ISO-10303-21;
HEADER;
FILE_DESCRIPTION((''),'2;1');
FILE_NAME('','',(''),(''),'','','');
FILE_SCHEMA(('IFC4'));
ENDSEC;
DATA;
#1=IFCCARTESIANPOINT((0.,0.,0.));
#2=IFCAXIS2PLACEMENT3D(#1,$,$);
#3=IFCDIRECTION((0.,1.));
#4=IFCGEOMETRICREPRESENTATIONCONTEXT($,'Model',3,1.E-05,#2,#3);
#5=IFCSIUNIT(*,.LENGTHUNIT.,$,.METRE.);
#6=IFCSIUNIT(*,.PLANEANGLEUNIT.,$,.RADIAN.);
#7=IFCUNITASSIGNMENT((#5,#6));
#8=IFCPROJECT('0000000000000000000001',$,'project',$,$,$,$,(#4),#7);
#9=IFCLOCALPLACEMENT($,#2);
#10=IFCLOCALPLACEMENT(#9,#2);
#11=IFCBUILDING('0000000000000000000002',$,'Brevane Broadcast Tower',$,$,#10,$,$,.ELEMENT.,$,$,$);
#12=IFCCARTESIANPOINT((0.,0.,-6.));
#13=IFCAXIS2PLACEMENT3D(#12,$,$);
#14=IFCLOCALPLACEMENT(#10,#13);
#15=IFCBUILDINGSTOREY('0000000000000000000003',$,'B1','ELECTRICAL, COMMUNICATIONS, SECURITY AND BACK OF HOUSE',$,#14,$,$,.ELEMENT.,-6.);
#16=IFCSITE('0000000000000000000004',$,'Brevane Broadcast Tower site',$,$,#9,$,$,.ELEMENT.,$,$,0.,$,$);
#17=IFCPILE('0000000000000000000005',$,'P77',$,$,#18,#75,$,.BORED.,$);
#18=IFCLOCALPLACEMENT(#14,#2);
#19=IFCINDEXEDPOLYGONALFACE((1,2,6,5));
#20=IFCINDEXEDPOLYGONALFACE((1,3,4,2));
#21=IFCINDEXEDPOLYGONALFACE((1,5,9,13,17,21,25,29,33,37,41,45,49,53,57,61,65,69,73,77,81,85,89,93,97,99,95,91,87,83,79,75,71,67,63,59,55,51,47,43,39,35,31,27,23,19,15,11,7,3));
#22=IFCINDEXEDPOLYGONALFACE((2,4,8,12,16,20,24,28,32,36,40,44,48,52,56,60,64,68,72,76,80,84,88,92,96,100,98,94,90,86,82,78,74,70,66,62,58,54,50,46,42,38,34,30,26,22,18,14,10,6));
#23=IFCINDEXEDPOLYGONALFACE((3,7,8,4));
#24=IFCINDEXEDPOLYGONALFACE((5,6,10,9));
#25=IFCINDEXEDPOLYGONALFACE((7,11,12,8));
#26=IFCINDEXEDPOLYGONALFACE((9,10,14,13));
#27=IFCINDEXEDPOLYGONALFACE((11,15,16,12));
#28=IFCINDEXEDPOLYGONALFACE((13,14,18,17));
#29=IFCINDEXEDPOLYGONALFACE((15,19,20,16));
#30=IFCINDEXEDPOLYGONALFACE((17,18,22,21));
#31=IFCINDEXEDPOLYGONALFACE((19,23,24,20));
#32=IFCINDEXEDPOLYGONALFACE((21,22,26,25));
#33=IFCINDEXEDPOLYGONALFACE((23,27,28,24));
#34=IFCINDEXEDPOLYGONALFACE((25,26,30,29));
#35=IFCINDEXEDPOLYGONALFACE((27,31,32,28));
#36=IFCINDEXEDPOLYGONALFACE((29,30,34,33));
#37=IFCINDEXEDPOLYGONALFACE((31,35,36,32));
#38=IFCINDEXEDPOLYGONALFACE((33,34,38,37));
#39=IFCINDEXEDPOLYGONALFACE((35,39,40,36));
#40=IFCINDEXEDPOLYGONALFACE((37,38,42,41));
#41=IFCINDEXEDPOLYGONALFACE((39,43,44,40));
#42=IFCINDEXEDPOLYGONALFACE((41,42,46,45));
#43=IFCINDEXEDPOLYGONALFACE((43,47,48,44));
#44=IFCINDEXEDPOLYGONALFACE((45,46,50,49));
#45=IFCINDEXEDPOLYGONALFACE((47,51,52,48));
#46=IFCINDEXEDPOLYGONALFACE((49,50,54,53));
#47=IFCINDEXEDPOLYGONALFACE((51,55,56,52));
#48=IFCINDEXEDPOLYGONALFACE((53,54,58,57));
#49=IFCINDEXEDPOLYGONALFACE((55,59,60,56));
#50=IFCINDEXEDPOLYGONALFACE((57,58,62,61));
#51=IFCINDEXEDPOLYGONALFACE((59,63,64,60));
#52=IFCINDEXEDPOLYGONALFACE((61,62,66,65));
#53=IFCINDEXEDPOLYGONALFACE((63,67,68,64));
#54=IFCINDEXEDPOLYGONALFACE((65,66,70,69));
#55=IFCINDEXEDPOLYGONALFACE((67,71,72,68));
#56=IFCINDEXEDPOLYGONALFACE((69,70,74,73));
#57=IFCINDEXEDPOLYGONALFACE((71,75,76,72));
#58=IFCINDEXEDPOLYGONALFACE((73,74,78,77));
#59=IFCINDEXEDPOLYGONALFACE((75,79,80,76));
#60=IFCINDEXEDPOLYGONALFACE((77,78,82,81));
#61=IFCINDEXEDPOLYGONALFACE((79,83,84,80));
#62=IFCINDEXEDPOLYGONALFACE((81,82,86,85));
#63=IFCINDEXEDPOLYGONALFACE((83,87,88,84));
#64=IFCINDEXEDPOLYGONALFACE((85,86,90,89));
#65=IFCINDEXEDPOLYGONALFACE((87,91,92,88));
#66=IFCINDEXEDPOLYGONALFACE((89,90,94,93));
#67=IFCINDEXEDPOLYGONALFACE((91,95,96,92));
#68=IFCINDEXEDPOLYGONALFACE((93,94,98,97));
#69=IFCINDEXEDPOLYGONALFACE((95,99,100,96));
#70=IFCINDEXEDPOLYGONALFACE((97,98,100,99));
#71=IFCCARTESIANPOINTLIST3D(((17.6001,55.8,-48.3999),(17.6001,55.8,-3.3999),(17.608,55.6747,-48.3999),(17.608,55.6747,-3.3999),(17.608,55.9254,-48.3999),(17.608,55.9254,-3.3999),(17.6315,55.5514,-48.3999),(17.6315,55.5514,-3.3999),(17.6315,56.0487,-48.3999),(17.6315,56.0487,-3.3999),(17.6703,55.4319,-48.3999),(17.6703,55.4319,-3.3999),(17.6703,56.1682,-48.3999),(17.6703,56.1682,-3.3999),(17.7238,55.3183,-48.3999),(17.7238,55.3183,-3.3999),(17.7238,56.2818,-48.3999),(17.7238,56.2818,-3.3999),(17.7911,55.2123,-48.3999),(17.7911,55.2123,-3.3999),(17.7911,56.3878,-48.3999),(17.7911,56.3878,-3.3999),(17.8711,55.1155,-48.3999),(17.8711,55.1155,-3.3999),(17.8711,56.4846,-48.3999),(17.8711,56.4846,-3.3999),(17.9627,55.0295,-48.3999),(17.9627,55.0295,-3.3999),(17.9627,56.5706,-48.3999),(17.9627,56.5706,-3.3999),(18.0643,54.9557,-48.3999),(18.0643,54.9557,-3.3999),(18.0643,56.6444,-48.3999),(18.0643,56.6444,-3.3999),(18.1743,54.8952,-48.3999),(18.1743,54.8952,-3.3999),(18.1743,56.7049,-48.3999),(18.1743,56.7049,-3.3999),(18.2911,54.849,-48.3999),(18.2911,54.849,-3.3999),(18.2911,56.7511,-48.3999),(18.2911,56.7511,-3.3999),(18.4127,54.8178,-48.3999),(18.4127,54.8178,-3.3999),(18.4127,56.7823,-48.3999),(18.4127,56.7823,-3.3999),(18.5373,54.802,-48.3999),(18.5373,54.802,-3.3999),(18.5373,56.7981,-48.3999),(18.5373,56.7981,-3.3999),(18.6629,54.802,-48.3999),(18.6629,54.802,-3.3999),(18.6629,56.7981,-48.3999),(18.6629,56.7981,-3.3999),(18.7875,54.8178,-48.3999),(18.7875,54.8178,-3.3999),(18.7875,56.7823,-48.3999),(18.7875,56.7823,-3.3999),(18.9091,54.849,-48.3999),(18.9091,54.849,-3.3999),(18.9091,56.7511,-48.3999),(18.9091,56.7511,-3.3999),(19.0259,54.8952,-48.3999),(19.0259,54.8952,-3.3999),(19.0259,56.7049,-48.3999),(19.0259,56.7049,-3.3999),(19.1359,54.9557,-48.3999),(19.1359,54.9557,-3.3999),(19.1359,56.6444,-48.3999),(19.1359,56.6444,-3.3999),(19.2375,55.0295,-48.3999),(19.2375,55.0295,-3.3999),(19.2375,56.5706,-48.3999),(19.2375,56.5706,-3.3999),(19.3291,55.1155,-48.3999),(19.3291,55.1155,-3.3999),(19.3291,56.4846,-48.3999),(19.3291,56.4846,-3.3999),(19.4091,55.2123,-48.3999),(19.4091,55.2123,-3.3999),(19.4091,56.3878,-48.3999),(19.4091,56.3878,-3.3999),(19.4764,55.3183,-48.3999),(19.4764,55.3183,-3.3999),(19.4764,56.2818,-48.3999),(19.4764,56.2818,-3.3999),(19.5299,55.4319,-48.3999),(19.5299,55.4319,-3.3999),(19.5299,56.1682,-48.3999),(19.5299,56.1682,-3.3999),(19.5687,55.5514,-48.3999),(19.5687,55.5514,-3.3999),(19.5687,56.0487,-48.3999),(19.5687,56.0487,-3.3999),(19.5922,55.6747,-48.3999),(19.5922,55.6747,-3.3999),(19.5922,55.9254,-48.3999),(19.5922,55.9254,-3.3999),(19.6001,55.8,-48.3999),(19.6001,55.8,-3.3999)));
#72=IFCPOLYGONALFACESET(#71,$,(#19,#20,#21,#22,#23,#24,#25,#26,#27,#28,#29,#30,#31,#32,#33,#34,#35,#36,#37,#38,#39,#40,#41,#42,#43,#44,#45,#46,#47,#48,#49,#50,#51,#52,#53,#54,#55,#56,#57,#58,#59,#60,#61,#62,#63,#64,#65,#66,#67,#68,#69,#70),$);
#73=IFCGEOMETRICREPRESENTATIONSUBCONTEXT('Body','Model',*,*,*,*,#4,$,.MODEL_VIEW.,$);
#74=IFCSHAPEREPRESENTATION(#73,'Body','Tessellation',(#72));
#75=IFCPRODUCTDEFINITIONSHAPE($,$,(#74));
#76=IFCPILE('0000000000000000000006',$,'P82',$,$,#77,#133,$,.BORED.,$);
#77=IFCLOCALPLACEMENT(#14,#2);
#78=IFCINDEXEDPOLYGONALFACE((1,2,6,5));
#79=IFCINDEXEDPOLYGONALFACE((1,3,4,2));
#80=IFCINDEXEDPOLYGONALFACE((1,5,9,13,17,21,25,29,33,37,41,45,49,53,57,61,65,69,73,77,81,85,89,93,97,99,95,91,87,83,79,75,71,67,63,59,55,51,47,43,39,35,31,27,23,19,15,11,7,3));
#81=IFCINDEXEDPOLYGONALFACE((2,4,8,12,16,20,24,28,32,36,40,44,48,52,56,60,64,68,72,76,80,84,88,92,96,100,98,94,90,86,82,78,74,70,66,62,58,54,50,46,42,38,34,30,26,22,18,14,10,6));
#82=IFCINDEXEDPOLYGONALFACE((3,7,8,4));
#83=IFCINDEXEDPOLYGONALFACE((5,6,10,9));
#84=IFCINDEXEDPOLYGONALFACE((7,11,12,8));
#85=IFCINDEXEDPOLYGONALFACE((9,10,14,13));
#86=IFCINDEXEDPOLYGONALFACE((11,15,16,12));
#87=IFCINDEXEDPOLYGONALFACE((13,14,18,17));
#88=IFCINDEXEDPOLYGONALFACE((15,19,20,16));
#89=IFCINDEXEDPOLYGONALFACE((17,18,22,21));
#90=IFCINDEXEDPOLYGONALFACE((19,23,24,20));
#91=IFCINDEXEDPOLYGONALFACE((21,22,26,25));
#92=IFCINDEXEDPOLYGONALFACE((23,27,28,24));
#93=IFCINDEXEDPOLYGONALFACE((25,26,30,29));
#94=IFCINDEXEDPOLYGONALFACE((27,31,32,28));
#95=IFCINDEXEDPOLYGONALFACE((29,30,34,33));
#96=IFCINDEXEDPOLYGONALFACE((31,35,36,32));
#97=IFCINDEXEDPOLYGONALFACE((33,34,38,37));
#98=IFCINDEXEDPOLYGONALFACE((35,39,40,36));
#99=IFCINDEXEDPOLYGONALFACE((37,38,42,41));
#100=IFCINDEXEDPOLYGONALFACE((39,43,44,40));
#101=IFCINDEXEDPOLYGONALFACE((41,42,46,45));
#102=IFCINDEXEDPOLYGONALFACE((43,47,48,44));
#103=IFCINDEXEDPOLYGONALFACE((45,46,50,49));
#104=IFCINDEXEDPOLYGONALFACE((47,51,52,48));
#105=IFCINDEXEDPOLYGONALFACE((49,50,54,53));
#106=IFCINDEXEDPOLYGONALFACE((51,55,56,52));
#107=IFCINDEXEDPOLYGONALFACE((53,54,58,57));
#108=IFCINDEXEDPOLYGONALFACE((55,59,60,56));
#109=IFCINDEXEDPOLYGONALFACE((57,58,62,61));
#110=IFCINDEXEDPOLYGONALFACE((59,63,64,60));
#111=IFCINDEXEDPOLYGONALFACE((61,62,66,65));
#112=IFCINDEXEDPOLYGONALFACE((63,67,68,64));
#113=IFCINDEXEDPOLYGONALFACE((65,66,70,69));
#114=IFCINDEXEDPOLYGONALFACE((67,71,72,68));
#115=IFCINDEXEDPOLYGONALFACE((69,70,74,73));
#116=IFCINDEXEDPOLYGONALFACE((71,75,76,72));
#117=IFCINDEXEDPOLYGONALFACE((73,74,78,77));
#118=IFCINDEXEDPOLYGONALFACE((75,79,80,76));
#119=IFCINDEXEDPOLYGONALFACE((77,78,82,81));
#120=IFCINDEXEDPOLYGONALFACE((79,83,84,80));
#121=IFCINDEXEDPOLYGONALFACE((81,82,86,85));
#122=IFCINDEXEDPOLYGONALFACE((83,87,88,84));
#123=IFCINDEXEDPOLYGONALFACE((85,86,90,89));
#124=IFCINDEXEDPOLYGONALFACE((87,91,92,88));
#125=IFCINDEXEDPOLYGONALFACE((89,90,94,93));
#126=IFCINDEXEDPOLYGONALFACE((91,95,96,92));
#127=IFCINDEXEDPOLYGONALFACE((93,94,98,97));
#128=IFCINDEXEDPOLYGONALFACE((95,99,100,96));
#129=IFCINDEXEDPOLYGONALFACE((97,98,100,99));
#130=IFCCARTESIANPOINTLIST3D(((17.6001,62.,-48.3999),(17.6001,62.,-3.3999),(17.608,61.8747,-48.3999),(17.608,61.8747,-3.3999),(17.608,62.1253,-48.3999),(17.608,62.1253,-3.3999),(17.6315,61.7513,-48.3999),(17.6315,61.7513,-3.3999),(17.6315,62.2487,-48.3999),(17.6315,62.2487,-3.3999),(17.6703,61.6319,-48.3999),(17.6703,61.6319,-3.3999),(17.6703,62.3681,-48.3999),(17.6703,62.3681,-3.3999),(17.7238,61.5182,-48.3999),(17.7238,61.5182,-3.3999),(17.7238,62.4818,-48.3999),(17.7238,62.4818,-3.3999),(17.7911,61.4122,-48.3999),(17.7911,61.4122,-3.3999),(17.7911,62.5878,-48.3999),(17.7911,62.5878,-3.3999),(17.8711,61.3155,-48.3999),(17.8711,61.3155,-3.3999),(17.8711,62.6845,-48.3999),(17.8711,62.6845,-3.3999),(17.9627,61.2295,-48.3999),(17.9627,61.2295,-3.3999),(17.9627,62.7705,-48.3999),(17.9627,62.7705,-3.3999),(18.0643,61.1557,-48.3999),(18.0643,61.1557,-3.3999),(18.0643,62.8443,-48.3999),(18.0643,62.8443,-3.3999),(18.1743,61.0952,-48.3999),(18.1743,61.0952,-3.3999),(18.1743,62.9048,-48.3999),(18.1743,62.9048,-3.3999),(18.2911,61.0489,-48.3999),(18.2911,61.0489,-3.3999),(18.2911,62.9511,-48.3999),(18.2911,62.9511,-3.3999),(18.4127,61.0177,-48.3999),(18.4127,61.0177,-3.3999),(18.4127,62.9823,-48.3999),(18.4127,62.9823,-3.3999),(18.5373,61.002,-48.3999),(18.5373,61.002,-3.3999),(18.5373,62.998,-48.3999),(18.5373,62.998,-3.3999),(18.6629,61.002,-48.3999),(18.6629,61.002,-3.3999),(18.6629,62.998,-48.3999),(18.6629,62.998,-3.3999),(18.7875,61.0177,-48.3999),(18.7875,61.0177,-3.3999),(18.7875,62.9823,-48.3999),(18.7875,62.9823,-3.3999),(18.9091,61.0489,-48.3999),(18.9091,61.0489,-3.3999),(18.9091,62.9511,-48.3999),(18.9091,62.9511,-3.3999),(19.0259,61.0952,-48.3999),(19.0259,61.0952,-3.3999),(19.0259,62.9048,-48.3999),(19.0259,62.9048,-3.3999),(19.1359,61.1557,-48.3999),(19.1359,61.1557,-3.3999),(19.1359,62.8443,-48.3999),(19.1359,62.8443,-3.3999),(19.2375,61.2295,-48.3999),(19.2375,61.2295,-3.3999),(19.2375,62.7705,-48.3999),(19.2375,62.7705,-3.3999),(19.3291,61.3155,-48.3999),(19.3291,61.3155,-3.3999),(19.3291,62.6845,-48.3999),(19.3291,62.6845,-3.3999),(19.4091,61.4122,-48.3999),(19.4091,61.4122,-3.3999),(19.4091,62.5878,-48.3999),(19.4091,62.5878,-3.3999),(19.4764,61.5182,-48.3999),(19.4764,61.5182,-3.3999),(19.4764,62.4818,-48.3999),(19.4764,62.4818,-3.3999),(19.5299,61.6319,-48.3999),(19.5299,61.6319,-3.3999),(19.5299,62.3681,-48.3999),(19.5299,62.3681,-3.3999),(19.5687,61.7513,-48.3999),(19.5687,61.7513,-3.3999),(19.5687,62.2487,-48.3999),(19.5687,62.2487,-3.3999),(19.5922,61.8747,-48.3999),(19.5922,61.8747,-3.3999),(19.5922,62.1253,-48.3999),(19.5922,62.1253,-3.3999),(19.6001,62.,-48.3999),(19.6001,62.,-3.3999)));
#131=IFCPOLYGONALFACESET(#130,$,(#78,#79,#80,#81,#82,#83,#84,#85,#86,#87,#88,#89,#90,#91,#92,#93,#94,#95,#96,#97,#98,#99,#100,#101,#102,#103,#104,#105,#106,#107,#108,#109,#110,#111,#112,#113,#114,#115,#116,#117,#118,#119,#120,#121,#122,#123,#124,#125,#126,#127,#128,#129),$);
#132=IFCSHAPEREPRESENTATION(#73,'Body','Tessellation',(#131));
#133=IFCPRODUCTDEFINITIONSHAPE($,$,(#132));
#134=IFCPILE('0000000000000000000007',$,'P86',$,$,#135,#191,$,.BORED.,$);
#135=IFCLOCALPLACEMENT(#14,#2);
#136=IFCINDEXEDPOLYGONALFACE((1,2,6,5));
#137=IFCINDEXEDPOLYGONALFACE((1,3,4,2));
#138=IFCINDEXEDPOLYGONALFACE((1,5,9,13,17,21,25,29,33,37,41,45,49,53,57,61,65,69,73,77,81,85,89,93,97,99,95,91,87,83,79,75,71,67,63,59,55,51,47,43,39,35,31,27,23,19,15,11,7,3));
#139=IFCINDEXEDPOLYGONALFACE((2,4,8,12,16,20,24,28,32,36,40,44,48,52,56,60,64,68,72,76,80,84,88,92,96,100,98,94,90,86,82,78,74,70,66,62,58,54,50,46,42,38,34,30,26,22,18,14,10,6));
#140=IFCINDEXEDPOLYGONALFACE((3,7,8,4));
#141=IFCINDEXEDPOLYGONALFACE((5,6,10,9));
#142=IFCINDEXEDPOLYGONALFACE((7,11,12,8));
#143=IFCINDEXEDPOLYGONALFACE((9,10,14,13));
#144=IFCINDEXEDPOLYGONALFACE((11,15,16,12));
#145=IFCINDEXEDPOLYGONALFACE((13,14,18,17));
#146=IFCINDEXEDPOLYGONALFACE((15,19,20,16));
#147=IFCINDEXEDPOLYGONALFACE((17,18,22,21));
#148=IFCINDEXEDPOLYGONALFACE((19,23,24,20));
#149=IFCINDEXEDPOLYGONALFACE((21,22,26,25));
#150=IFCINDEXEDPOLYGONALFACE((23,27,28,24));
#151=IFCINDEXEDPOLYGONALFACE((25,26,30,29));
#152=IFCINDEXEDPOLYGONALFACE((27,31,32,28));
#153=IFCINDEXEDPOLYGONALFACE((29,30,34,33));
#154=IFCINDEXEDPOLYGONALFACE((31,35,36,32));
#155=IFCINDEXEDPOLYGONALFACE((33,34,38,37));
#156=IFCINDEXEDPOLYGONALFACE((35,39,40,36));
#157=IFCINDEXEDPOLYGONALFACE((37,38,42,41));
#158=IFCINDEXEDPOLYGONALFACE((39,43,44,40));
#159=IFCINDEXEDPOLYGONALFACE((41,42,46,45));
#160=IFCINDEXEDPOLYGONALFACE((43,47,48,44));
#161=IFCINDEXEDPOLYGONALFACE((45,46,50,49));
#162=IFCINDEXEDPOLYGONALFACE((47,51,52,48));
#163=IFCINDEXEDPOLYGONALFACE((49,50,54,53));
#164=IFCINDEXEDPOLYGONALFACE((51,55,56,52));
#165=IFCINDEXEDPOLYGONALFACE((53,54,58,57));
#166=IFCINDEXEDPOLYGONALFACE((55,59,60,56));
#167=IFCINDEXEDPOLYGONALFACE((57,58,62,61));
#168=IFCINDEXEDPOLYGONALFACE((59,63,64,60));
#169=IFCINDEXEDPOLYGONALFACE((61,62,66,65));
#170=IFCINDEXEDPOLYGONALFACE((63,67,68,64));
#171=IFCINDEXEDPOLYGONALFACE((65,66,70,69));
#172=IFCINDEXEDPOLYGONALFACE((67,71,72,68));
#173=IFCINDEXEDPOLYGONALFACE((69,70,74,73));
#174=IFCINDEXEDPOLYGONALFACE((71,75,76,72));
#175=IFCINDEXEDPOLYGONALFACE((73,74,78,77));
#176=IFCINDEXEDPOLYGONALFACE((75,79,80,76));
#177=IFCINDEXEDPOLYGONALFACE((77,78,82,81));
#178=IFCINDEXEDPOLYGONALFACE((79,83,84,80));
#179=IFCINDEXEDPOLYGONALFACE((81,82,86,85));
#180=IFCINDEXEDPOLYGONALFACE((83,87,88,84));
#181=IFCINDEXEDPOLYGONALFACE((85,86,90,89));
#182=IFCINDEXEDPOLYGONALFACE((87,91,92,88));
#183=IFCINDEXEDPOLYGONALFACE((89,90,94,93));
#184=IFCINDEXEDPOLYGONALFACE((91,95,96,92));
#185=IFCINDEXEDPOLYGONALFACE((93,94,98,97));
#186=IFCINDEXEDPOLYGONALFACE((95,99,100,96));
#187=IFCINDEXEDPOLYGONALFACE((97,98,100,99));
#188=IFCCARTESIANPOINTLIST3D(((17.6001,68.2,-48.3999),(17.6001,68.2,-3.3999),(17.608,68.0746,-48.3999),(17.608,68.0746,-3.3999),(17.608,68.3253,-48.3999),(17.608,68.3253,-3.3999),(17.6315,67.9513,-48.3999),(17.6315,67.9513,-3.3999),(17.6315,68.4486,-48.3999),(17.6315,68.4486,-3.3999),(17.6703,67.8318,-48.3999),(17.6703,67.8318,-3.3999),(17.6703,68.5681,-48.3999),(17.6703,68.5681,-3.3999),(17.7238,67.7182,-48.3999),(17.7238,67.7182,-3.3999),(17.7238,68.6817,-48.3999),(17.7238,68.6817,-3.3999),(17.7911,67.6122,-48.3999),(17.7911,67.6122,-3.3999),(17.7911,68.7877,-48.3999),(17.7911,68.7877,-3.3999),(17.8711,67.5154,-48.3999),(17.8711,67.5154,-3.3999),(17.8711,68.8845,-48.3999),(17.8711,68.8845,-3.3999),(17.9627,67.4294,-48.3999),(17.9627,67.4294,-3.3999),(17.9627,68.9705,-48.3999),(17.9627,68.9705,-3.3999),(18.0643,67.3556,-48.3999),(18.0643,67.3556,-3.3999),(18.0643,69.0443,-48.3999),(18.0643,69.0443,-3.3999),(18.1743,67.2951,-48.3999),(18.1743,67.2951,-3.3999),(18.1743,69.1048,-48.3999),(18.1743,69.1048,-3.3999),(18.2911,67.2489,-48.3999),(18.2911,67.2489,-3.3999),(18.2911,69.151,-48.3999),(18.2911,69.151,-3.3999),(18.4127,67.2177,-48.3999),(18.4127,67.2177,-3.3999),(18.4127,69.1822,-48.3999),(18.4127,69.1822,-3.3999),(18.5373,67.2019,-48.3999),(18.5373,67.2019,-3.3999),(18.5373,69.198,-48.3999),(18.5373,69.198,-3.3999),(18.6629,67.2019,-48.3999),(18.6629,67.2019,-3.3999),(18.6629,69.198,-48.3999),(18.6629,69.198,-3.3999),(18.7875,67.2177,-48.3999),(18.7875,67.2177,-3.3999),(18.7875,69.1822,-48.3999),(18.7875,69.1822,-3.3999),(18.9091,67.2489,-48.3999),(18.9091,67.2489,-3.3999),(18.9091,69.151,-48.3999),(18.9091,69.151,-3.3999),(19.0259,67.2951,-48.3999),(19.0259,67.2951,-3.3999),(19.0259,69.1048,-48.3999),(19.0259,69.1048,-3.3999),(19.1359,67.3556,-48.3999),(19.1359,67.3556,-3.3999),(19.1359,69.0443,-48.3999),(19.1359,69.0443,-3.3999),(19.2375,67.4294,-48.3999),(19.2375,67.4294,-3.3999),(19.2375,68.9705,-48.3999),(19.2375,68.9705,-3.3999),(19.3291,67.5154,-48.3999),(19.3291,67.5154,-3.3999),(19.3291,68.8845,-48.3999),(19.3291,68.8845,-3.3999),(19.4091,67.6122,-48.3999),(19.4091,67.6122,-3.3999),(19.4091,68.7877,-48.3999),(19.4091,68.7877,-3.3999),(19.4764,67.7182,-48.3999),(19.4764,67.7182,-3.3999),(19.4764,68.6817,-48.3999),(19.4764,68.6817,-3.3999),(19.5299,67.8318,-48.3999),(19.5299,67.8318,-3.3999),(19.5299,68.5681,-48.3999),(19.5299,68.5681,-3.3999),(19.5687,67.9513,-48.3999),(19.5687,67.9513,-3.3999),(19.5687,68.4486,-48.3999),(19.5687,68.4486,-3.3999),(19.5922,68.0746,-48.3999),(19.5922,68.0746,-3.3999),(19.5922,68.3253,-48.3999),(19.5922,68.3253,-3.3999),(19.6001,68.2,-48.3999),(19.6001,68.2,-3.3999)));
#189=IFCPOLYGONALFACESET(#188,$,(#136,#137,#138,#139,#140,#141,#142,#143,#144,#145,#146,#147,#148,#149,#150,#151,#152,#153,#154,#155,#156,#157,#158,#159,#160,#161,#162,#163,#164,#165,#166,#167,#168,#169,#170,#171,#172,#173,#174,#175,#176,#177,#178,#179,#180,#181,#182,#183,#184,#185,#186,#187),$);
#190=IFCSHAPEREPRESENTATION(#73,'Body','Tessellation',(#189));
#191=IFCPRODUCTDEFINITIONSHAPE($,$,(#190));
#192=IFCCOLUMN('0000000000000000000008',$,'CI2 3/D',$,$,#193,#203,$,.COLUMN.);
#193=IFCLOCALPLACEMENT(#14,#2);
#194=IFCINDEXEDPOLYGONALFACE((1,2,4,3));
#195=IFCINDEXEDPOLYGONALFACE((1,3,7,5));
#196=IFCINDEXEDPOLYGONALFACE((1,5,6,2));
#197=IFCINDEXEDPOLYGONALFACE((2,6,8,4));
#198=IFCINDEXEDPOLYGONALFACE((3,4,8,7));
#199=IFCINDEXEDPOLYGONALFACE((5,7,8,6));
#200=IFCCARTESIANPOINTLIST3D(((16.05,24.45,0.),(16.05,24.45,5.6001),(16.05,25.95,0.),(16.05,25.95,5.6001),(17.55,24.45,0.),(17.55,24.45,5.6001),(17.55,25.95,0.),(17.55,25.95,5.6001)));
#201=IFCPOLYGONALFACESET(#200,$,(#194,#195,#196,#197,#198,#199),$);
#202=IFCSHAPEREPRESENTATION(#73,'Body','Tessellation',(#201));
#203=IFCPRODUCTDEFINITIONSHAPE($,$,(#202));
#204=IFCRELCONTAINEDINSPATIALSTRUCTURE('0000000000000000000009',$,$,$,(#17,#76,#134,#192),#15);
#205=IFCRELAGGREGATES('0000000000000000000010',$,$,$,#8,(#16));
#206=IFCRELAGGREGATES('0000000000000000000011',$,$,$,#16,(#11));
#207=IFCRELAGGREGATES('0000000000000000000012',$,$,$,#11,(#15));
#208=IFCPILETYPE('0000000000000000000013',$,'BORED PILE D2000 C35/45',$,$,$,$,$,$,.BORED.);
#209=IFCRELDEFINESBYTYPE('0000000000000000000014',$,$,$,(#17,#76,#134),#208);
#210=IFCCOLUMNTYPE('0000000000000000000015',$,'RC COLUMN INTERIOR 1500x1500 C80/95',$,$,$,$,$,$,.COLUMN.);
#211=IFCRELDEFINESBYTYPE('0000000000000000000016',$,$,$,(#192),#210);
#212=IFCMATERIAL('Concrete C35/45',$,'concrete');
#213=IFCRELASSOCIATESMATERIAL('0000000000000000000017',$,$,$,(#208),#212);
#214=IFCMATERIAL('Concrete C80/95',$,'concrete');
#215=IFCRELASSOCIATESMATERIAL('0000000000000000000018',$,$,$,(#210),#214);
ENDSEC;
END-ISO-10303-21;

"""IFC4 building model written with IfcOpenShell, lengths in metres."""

from ifc_helpers import new_model, si_unit, direction, frame, origin, origin_2d, place, context, subcontext, project, spatial, rectangle, circle, extrude, material, material_profile, profile_set, type_object, element, save


model = new_model("IFC4")

# Units and contexts
model_context = context("Model", 3, precision=1e-05, world=origin(), true_north=direction((0.0, 1.0)))
body_context = subcontext(model_context, "Body", "Model", "MODEL_VIEW")
ifc_project = project(units=[si_unit("LENGTHUNIT", "METRE"), si_unit("PLANEANGLEUNIT", "RADIAN")], contexts=[model_context])

# Site, building, storey
site_placement = place(None, origin())
site = spatial("IfcSite", under=ifc_project, at=site_placement, Name="Brevane Broadcast Tower site", CompositionType="ELEMENT", RefElevation=0.0)
building_placement = place(site_placement, origin())
building = spatial("IfcBuilding", under=site, at=building_placement, Name="Brevane Broadcast Tower", CompositionType="ELEMENT")
storey_placement = place(building_placement, frame((0.0, 0.0, -6.0)))
storey = spatial("IfcBuildingStorey", under=building, at=storey_placement, Name="B1", Description="ELECTRICAL, COMMUNICATIONS, SECURITY AND BACK OF HOUSE", CompositionType="ELEMENT", Elevation=-6.0)

# Piles
ifc_material_1 = material(Name="Concrete C35/45", Category="concrete")
ifc_material_profile_1 = material_profile(ifc_material_1, circle(Radius=1.0, at=origin_2d()), Name="RC D2000")
ifc_profile_set_1 = profile_set([ifc_material_profile_1], Name="Concrete C35/45")
pile_type = type_object("IfcPileType", Name="BORED PILE D2000 C35/45", PredefinedType="BORED", material=ifc_profile_set_1)
for number, where, z_axis, x_axis, name in (
    (1, (18.6001, 55.8, -3.3999), (0.0, 0.0, -1.0), (1.0, 0.0, 0.0), "P77"),
    (2, (18.6001, 62.0, -3.3999), (0.0, 0.0, -1.0), (1.0, 0.0, 0.0), "P82"),
    (3, (18.6001, 68.2, -3.3999), (0.0, 0.0, -1.0), (1.0, 0.0, 0.0), "P86"),
):
    element("IfcPile", number, at=place(storey_placement, frame(where, z_axis=z_axis, x_axis=x_axis)), inside=storey, type_object=pile_type, Name=name, PredefinedType="BORED", context=body_context, shape_type="SweptSolid", body=[
        extrude(circle(Radius=1.0, at=origin_2d()), origin(), (0.0, 0.0, 1.0), 45.0),
    ])

# Column
ifc_material_2 = material(Name="Concrete C80/95", Category="concrete")
ifc_material_profile_2 = material_profile(ifc_material_2, rectangle(XDim=1.5, YDim=1.5, at=origin_2d()), Name="RC 1500x1500")
ifc_profile_set_2 = profile_set([ifc_material_profile_2], Name="Concrete C80/95")
column_type_1 = type_object("IfcColumnType", Name="RC COLUMN INTERIOR 1500x1500 C80/95", PredefinedType="COLUMN", material=ifc_profile_set_2)
for number, where, z_axis, x_axis, name in (
    (4, (16.8, 25.2, 0.0), (0.0, 0.0, 1.0), (1.0, 0.0, 0.0), "CI2 3/D"),
):
    element("IfcColumn", number, at=place(storey_placement, frame(where, z_axis=z_axis, x_axis=x_axis)), inside=storey, type_object=column_type_1, Name=name, PredefinedType="COLUMN", context=body_context, shape_type="SweptSolid", body=[
        extrude(rectangle(XDim=1.5, YDim=1.5, at=origin_2d()), origin(), (0.0, 0.0, 1.0), 5.6001),
    ])

save(model, "model.ifc")
